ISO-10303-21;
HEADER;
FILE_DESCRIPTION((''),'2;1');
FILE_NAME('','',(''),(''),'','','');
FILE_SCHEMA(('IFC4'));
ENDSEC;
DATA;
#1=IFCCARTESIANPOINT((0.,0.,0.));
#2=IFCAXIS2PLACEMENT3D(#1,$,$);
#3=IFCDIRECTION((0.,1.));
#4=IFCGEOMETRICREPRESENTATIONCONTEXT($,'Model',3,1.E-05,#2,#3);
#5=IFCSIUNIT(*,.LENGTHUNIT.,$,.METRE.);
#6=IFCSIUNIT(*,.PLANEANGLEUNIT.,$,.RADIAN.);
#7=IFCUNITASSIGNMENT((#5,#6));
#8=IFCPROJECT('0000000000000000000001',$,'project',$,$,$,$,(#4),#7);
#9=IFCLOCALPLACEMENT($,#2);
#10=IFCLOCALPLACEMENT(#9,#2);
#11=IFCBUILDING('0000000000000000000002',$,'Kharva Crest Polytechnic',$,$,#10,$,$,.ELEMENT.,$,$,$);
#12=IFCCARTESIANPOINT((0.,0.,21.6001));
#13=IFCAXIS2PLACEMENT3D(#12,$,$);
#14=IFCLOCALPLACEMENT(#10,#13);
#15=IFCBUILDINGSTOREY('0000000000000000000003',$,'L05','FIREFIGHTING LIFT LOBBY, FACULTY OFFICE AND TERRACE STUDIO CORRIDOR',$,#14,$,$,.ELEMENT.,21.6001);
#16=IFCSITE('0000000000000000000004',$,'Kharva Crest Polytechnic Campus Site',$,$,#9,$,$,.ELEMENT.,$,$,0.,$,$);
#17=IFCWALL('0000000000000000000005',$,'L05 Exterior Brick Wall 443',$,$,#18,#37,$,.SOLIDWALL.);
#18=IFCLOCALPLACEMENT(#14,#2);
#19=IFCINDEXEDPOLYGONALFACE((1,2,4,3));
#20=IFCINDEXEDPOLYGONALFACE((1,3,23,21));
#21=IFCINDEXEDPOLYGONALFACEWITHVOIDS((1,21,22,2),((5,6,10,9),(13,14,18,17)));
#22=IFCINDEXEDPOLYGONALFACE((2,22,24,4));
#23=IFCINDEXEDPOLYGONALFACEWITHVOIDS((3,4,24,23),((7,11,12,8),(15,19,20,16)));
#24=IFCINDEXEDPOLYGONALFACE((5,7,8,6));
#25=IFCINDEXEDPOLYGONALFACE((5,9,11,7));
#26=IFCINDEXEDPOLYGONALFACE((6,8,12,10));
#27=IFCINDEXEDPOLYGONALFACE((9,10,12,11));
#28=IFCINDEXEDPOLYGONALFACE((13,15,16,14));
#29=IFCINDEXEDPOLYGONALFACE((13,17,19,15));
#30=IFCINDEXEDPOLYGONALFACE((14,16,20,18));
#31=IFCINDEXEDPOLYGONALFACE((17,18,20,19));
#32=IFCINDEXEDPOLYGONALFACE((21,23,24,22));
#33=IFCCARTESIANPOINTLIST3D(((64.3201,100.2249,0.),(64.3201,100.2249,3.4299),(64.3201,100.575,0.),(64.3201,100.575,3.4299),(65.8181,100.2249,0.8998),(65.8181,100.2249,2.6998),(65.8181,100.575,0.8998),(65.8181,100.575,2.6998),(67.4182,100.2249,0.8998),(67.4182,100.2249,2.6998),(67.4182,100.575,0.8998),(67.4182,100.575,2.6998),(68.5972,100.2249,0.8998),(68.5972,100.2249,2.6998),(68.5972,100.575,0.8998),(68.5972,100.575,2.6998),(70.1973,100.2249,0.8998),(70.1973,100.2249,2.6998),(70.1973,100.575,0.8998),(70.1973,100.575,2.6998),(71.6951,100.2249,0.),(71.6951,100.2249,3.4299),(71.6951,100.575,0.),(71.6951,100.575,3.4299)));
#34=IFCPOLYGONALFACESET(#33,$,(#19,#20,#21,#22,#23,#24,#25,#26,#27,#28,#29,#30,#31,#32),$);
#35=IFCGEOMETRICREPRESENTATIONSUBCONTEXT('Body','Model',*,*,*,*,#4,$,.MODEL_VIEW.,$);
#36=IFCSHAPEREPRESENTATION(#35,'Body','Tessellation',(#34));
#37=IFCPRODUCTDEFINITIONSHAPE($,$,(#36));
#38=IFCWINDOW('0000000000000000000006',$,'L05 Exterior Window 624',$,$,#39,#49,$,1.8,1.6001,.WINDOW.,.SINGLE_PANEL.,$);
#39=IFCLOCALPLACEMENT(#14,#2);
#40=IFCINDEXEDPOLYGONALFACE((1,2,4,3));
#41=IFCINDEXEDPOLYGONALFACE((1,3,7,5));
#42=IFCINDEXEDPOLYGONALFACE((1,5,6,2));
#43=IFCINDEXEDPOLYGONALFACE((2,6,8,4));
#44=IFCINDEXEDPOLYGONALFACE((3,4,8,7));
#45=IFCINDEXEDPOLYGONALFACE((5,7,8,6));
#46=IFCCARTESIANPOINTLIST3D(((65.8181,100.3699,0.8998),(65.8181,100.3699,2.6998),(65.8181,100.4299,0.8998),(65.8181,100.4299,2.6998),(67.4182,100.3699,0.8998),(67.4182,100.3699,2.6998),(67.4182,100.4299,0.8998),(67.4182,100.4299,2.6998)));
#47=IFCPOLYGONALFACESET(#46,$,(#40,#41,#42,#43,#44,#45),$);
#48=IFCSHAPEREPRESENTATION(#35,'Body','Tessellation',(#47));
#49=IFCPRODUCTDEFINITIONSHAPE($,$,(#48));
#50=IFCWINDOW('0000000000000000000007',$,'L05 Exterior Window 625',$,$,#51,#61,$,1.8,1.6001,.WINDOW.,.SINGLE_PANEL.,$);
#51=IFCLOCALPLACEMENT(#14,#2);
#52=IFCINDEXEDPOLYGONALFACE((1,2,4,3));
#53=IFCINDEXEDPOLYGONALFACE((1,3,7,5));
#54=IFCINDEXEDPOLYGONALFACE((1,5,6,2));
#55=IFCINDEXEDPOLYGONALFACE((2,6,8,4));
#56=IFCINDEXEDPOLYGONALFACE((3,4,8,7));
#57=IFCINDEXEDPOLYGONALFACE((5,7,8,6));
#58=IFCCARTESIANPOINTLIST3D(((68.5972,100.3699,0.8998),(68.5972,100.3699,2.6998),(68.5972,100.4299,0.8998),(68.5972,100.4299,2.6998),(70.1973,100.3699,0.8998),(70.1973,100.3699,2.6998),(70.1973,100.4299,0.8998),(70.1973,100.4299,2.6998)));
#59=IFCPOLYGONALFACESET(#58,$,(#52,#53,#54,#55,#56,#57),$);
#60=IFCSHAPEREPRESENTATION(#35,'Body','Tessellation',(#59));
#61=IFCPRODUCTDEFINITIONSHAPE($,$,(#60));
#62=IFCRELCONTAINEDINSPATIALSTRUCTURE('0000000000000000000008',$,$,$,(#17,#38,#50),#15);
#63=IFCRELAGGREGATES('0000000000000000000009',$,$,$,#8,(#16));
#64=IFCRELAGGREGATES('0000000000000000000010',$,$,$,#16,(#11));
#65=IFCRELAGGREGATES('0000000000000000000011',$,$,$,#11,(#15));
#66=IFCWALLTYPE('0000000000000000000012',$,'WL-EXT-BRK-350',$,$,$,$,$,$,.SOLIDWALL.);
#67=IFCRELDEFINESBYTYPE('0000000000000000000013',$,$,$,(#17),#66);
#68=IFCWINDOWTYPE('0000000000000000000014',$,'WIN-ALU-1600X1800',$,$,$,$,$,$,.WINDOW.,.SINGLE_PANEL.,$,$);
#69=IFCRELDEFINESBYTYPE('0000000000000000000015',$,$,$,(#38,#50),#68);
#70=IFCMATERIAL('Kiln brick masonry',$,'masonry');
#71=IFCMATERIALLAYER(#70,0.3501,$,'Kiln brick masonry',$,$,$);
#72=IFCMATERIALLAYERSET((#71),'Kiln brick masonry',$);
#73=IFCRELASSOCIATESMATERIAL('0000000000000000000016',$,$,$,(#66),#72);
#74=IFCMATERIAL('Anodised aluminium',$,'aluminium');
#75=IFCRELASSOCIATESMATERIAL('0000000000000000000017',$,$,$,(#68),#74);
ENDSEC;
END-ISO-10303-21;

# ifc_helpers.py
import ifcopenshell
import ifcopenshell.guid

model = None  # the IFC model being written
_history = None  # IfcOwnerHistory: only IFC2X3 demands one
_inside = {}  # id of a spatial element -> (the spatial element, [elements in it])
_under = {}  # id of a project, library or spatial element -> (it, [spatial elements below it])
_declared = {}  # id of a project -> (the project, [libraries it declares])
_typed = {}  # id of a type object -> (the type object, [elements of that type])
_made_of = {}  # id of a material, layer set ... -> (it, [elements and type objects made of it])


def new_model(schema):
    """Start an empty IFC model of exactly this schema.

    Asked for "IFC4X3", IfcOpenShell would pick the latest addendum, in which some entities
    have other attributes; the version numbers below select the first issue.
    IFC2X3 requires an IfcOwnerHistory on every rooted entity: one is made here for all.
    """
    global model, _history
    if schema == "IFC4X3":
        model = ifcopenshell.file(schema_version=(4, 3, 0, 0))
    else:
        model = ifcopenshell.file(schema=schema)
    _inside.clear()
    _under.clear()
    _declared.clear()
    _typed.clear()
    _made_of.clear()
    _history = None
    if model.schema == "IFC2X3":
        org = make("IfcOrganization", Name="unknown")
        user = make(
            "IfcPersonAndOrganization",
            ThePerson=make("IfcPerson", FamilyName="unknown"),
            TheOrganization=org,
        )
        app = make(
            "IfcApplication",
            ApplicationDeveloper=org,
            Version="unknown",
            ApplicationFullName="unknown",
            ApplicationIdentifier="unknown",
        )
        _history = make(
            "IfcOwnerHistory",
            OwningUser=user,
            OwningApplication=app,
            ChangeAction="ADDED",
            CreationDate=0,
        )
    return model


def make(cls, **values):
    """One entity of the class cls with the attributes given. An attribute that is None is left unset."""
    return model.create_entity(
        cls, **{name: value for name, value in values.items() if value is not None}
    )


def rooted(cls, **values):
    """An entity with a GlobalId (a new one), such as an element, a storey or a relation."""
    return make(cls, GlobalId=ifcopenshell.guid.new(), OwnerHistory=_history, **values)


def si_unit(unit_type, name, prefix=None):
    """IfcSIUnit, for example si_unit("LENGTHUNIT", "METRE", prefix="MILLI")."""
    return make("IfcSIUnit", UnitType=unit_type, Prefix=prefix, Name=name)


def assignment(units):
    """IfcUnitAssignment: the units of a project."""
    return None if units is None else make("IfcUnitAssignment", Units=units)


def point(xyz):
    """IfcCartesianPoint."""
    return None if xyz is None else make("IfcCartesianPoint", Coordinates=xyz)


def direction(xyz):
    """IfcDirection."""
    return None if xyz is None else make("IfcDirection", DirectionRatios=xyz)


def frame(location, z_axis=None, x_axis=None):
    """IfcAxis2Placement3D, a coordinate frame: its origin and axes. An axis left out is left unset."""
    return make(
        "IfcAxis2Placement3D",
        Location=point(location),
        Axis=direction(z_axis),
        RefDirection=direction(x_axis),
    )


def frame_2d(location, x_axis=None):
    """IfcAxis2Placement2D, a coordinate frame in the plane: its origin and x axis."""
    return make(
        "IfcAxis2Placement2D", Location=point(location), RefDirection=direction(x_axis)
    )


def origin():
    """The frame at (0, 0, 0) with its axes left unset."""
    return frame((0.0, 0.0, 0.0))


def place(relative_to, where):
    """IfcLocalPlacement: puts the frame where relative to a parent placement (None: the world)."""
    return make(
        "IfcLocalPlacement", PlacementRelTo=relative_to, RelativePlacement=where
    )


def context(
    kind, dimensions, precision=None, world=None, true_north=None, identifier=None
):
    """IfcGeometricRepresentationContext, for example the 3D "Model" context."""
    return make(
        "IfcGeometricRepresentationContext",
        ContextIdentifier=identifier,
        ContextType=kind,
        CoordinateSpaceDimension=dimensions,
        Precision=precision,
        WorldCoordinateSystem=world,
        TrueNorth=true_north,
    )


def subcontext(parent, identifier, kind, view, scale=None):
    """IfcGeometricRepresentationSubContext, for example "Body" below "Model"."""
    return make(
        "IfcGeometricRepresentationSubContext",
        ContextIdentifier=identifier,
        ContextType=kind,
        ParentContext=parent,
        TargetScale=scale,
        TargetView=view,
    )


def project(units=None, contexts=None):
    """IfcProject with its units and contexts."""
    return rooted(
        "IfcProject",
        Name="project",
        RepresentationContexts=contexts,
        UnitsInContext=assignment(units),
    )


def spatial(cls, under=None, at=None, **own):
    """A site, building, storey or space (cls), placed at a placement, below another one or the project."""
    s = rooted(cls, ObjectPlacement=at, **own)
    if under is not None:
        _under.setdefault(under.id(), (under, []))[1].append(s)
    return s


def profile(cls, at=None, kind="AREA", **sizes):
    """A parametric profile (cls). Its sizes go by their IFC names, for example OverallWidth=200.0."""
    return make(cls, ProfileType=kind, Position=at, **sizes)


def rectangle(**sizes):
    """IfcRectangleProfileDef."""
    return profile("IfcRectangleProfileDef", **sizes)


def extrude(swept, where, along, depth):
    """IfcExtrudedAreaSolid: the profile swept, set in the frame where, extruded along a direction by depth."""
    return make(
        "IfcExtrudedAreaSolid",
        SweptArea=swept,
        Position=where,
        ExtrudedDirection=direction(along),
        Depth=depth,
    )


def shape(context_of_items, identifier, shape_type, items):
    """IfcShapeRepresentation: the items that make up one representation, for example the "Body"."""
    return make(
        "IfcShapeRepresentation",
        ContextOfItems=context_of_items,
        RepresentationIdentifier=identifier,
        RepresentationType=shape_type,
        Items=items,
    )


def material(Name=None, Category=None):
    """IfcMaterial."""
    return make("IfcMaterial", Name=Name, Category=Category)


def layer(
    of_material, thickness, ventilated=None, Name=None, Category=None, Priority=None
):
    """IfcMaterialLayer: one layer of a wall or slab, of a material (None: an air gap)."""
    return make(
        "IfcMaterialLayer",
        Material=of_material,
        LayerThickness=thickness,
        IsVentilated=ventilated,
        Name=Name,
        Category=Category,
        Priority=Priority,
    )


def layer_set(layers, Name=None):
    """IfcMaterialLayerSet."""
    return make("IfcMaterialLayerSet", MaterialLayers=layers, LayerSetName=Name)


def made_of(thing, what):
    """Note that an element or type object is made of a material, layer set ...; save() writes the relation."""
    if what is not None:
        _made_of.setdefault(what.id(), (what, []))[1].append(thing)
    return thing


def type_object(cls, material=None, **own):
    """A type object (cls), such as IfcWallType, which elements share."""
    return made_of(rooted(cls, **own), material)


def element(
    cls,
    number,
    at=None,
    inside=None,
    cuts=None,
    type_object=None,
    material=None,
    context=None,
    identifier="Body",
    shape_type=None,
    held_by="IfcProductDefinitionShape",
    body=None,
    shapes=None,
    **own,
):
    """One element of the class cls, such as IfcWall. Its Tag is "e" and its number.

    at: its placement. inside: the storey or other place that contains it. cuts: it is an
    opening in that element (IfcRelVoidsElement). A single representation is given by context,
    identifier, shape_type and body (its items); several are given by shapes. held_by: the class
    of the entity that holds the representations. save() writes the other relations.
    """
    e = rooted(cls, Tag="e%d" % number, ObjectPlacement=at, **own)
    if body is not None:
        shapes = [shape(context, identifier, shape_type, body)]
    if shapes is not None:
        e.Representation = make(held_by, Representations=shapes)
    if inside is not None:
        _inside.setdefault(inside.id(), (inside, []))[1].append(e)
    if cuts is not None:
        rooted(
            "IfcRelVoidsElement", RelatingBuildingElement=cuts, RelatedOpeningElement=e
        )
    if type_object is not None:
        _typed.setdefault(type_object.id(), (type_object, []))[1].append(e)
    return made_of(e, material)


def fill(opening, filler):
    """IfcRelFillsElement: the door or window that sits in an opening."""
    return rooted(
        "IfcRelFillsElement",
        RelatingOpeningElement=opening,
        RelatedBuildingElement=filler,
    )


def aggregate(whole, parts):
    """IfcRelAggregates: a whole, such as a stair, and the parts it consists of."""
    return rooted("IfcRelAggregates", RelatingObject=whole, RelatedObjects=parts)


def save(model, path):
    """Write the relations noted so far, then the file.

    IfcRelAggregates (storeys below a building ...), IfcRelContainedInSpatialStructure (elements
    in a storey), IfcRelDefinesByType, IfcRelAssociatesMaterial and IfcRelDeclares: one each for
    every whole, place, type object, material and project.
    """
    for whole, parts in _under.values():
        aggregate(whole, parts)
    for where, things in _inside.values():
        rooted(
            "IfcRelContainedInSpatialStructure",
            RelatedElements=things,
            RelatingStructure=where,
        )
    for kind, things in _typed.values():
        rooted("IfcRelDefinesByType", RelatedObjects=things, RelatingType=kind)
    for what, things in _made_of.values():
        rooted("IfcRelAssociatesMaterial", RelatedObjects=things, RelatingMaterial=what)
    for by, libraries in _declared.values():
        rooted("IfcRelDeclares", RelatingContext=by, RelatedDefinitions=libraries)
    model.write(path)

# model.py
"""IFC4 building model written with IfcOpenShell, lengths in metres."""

from ifc_helpers import new_model, si_unit, direction, frame, frame_2d, origin, place, context, subcontext, project, spatial, rectangle, extrude, material, layer, layer_set, type_object, element, fill, save


model = new_model("IFC4")

# Units and contexts
model_context = context("Model", 3, precision=1e-05, world=origin(), true_north=direction((0.0, 1.0)))
body_context = subcontext(model_context, "Body", "Model", "MODEL_VIEW")
ifc_project = project(units=[si_unit("LENGTHUNIT", "METRE"), si_unit("PLANEANGLEUNIT", "RADIAN")], contexts=[model_context])

# Site, building, storey
site_placement = place(None, origin())
site = spatial("IfcSite", under=ifc_project, at=site_placement, Name="Kharva Crest Polytechnic Campus Site", CompositionType="ELEMENT", RefElevation=0.0)
building_placement = place(site_placement, origin())
building = spatial("IfcBuilding", under=site, at=building_placement, Name="Kharva Crest Polytechnic", CompositionType="ELEMENT")
storey_placement = place(building_placement, frame((0.0, 0.0, 21.6001)))
storey = spatial("IfcBuildingStorey", under=building, at=storey_placement, Name="L05", Description="FIREFIGHTING LIFT LOBBY, FACULTY OFFICE AND TERRACE STUDIO CORRIDOR", CompositionType="ELEMENT", Elevation=21.6001)

# Wall, openings, windows
ifc_material_1 = material(Name="Kiln brick masonry", Category="masonry")
ifc_material_2 = material(Name="Anodised aluminium", Category="aluminium")
ifc_layer_1 = layer(ifc_material_1, 0.3501, Name="Kiln brick masonry")
ifc_layer_set_1 = layer_set([ifc_layer_1], Name="Kiln brick masonry")
wall_type_1 = type_object("IfcWallType", Name="WL-EXT-BRK-350", PredefinedType="SOLIDWALL", material=ifc_layer_set_1)
wall_1_placement = place(storey_placement, frame((64.3201, 100.3999, 0.0), z_axis=(0.0, 0.0, 1.0), x_axis=(1.0, 0.0, 0.0)))
wall_1 = element("IfcWall", 1, at=wall_1_placement, inside=storey, type_object=wall_type_1, Name="L05 Exterior Brick Wall 443", PredefinedType="SOLIDWALL", context=body_context, shape_type="SweptSolid", body=[
    extrude(rectangle(XDim=7.375, YDim=0.3501, at=frame_2d((3.6875, 0.0))), origin(), (0.0, 0.0, 1.0), 3.4299),
])
opening_1_placement = place(wall_1_placement, frame((1.498, 0.0, 0.8999)))
opening_1 = element("IfcOpeningElement", 2, at=opening_1_placement, cuts=wall_1, PredefinedType="OPENING", context=body_context, shape_type="SweptSolid", body=[
    extrude(rectangle(XDim=1.6001, YDim=1.8, at=frame_2d((0.8, 0.8999))), frame((0.0, 0.1851, 0.0), z_axis=(0.0, -1.0, 0.0), x_axis=(1.0, 0.0, 0.0)), (0.0, 0.0, 1.0), 0.3701),
])
opening_2_placement = place(wall_1_placement, frame((4.2771, 0.0, 0.8999)))
opening_2 = element("IfcOpeningElement", 3, at=opening_2_placement, cuts=wall_1, PredefinedType="OPENING", context=body_context, shape_type="SweptSolid", body=[
    extrude(rectangle(XDim=1.6001, YDim=1.8, at=frame_2d((0.8, 0.8999))), frame((0.0, 0.1851, 0.0), z_axis=(0.0, -1.0, 0.0), x_axis=(1.0, 0.0, 0.0)), (0.0, 0.0, 1.0), 0.3701),
])
window_type_1 = type_object("IfcWindowType", Name="WIN-ALU-1600X1800", PartitioningType="SINGLE_PANEL", PredefinedType="WINDOW", material=ifc_material_2)
window_1_placement = place(opening_1_placement, origin())
window_1 = element("IfcWindow", 4, at=window_1_placement, inside=storey, type_object=window_type_1, Name="L05 Exterior Window 624", OverallHeight=1.8, OverallWidth=1.6001, PartitioningType="SINGLE_PANEL", PredefinedType="WINDOW", context=body_context, shape_type="SweptSolid", body=[
    extrude(rectangle(XDim=1.6001, YDim=1.8, at=frame_2d((0.8, 0.8999))), frame((0.0, 0.03, 0.0), z_axis=(0.0, -1.0, 0.0), x_axis=(1.0, 0.0, 0.0)), (0.0, 0.0, 1.0), 0.0601),
])
fill(opening_1, window_1)
window_2_placement = place(opening_2_placement, origin())
window_2 = element("IfcWindow", 5, at=window_2_placement, inside=storey, type_object=window_type_1, Name="L05 Exterior Window 625", OverallHeight=1.8, OverallWidth=1.6001, PartitioningType="SINGLE_PANEL", PredefinedType="WINDOW", context=body_context, shape_type="SweptSolid", body=[
    extrude(rectangle(XDim=1.6001, YDim=1.8, at=frame_2d((0.8, 0.8999))), frame((0.0, 0.03, 0.0), z_axis=(0.0, -1.0, 0.0), x_axis=(1.0, 0.0, 0.0)), (0.0, 0.0, 1.0), 0.0601),
])
fill(opening_2, window_2)

save(model, "model.ifc")
